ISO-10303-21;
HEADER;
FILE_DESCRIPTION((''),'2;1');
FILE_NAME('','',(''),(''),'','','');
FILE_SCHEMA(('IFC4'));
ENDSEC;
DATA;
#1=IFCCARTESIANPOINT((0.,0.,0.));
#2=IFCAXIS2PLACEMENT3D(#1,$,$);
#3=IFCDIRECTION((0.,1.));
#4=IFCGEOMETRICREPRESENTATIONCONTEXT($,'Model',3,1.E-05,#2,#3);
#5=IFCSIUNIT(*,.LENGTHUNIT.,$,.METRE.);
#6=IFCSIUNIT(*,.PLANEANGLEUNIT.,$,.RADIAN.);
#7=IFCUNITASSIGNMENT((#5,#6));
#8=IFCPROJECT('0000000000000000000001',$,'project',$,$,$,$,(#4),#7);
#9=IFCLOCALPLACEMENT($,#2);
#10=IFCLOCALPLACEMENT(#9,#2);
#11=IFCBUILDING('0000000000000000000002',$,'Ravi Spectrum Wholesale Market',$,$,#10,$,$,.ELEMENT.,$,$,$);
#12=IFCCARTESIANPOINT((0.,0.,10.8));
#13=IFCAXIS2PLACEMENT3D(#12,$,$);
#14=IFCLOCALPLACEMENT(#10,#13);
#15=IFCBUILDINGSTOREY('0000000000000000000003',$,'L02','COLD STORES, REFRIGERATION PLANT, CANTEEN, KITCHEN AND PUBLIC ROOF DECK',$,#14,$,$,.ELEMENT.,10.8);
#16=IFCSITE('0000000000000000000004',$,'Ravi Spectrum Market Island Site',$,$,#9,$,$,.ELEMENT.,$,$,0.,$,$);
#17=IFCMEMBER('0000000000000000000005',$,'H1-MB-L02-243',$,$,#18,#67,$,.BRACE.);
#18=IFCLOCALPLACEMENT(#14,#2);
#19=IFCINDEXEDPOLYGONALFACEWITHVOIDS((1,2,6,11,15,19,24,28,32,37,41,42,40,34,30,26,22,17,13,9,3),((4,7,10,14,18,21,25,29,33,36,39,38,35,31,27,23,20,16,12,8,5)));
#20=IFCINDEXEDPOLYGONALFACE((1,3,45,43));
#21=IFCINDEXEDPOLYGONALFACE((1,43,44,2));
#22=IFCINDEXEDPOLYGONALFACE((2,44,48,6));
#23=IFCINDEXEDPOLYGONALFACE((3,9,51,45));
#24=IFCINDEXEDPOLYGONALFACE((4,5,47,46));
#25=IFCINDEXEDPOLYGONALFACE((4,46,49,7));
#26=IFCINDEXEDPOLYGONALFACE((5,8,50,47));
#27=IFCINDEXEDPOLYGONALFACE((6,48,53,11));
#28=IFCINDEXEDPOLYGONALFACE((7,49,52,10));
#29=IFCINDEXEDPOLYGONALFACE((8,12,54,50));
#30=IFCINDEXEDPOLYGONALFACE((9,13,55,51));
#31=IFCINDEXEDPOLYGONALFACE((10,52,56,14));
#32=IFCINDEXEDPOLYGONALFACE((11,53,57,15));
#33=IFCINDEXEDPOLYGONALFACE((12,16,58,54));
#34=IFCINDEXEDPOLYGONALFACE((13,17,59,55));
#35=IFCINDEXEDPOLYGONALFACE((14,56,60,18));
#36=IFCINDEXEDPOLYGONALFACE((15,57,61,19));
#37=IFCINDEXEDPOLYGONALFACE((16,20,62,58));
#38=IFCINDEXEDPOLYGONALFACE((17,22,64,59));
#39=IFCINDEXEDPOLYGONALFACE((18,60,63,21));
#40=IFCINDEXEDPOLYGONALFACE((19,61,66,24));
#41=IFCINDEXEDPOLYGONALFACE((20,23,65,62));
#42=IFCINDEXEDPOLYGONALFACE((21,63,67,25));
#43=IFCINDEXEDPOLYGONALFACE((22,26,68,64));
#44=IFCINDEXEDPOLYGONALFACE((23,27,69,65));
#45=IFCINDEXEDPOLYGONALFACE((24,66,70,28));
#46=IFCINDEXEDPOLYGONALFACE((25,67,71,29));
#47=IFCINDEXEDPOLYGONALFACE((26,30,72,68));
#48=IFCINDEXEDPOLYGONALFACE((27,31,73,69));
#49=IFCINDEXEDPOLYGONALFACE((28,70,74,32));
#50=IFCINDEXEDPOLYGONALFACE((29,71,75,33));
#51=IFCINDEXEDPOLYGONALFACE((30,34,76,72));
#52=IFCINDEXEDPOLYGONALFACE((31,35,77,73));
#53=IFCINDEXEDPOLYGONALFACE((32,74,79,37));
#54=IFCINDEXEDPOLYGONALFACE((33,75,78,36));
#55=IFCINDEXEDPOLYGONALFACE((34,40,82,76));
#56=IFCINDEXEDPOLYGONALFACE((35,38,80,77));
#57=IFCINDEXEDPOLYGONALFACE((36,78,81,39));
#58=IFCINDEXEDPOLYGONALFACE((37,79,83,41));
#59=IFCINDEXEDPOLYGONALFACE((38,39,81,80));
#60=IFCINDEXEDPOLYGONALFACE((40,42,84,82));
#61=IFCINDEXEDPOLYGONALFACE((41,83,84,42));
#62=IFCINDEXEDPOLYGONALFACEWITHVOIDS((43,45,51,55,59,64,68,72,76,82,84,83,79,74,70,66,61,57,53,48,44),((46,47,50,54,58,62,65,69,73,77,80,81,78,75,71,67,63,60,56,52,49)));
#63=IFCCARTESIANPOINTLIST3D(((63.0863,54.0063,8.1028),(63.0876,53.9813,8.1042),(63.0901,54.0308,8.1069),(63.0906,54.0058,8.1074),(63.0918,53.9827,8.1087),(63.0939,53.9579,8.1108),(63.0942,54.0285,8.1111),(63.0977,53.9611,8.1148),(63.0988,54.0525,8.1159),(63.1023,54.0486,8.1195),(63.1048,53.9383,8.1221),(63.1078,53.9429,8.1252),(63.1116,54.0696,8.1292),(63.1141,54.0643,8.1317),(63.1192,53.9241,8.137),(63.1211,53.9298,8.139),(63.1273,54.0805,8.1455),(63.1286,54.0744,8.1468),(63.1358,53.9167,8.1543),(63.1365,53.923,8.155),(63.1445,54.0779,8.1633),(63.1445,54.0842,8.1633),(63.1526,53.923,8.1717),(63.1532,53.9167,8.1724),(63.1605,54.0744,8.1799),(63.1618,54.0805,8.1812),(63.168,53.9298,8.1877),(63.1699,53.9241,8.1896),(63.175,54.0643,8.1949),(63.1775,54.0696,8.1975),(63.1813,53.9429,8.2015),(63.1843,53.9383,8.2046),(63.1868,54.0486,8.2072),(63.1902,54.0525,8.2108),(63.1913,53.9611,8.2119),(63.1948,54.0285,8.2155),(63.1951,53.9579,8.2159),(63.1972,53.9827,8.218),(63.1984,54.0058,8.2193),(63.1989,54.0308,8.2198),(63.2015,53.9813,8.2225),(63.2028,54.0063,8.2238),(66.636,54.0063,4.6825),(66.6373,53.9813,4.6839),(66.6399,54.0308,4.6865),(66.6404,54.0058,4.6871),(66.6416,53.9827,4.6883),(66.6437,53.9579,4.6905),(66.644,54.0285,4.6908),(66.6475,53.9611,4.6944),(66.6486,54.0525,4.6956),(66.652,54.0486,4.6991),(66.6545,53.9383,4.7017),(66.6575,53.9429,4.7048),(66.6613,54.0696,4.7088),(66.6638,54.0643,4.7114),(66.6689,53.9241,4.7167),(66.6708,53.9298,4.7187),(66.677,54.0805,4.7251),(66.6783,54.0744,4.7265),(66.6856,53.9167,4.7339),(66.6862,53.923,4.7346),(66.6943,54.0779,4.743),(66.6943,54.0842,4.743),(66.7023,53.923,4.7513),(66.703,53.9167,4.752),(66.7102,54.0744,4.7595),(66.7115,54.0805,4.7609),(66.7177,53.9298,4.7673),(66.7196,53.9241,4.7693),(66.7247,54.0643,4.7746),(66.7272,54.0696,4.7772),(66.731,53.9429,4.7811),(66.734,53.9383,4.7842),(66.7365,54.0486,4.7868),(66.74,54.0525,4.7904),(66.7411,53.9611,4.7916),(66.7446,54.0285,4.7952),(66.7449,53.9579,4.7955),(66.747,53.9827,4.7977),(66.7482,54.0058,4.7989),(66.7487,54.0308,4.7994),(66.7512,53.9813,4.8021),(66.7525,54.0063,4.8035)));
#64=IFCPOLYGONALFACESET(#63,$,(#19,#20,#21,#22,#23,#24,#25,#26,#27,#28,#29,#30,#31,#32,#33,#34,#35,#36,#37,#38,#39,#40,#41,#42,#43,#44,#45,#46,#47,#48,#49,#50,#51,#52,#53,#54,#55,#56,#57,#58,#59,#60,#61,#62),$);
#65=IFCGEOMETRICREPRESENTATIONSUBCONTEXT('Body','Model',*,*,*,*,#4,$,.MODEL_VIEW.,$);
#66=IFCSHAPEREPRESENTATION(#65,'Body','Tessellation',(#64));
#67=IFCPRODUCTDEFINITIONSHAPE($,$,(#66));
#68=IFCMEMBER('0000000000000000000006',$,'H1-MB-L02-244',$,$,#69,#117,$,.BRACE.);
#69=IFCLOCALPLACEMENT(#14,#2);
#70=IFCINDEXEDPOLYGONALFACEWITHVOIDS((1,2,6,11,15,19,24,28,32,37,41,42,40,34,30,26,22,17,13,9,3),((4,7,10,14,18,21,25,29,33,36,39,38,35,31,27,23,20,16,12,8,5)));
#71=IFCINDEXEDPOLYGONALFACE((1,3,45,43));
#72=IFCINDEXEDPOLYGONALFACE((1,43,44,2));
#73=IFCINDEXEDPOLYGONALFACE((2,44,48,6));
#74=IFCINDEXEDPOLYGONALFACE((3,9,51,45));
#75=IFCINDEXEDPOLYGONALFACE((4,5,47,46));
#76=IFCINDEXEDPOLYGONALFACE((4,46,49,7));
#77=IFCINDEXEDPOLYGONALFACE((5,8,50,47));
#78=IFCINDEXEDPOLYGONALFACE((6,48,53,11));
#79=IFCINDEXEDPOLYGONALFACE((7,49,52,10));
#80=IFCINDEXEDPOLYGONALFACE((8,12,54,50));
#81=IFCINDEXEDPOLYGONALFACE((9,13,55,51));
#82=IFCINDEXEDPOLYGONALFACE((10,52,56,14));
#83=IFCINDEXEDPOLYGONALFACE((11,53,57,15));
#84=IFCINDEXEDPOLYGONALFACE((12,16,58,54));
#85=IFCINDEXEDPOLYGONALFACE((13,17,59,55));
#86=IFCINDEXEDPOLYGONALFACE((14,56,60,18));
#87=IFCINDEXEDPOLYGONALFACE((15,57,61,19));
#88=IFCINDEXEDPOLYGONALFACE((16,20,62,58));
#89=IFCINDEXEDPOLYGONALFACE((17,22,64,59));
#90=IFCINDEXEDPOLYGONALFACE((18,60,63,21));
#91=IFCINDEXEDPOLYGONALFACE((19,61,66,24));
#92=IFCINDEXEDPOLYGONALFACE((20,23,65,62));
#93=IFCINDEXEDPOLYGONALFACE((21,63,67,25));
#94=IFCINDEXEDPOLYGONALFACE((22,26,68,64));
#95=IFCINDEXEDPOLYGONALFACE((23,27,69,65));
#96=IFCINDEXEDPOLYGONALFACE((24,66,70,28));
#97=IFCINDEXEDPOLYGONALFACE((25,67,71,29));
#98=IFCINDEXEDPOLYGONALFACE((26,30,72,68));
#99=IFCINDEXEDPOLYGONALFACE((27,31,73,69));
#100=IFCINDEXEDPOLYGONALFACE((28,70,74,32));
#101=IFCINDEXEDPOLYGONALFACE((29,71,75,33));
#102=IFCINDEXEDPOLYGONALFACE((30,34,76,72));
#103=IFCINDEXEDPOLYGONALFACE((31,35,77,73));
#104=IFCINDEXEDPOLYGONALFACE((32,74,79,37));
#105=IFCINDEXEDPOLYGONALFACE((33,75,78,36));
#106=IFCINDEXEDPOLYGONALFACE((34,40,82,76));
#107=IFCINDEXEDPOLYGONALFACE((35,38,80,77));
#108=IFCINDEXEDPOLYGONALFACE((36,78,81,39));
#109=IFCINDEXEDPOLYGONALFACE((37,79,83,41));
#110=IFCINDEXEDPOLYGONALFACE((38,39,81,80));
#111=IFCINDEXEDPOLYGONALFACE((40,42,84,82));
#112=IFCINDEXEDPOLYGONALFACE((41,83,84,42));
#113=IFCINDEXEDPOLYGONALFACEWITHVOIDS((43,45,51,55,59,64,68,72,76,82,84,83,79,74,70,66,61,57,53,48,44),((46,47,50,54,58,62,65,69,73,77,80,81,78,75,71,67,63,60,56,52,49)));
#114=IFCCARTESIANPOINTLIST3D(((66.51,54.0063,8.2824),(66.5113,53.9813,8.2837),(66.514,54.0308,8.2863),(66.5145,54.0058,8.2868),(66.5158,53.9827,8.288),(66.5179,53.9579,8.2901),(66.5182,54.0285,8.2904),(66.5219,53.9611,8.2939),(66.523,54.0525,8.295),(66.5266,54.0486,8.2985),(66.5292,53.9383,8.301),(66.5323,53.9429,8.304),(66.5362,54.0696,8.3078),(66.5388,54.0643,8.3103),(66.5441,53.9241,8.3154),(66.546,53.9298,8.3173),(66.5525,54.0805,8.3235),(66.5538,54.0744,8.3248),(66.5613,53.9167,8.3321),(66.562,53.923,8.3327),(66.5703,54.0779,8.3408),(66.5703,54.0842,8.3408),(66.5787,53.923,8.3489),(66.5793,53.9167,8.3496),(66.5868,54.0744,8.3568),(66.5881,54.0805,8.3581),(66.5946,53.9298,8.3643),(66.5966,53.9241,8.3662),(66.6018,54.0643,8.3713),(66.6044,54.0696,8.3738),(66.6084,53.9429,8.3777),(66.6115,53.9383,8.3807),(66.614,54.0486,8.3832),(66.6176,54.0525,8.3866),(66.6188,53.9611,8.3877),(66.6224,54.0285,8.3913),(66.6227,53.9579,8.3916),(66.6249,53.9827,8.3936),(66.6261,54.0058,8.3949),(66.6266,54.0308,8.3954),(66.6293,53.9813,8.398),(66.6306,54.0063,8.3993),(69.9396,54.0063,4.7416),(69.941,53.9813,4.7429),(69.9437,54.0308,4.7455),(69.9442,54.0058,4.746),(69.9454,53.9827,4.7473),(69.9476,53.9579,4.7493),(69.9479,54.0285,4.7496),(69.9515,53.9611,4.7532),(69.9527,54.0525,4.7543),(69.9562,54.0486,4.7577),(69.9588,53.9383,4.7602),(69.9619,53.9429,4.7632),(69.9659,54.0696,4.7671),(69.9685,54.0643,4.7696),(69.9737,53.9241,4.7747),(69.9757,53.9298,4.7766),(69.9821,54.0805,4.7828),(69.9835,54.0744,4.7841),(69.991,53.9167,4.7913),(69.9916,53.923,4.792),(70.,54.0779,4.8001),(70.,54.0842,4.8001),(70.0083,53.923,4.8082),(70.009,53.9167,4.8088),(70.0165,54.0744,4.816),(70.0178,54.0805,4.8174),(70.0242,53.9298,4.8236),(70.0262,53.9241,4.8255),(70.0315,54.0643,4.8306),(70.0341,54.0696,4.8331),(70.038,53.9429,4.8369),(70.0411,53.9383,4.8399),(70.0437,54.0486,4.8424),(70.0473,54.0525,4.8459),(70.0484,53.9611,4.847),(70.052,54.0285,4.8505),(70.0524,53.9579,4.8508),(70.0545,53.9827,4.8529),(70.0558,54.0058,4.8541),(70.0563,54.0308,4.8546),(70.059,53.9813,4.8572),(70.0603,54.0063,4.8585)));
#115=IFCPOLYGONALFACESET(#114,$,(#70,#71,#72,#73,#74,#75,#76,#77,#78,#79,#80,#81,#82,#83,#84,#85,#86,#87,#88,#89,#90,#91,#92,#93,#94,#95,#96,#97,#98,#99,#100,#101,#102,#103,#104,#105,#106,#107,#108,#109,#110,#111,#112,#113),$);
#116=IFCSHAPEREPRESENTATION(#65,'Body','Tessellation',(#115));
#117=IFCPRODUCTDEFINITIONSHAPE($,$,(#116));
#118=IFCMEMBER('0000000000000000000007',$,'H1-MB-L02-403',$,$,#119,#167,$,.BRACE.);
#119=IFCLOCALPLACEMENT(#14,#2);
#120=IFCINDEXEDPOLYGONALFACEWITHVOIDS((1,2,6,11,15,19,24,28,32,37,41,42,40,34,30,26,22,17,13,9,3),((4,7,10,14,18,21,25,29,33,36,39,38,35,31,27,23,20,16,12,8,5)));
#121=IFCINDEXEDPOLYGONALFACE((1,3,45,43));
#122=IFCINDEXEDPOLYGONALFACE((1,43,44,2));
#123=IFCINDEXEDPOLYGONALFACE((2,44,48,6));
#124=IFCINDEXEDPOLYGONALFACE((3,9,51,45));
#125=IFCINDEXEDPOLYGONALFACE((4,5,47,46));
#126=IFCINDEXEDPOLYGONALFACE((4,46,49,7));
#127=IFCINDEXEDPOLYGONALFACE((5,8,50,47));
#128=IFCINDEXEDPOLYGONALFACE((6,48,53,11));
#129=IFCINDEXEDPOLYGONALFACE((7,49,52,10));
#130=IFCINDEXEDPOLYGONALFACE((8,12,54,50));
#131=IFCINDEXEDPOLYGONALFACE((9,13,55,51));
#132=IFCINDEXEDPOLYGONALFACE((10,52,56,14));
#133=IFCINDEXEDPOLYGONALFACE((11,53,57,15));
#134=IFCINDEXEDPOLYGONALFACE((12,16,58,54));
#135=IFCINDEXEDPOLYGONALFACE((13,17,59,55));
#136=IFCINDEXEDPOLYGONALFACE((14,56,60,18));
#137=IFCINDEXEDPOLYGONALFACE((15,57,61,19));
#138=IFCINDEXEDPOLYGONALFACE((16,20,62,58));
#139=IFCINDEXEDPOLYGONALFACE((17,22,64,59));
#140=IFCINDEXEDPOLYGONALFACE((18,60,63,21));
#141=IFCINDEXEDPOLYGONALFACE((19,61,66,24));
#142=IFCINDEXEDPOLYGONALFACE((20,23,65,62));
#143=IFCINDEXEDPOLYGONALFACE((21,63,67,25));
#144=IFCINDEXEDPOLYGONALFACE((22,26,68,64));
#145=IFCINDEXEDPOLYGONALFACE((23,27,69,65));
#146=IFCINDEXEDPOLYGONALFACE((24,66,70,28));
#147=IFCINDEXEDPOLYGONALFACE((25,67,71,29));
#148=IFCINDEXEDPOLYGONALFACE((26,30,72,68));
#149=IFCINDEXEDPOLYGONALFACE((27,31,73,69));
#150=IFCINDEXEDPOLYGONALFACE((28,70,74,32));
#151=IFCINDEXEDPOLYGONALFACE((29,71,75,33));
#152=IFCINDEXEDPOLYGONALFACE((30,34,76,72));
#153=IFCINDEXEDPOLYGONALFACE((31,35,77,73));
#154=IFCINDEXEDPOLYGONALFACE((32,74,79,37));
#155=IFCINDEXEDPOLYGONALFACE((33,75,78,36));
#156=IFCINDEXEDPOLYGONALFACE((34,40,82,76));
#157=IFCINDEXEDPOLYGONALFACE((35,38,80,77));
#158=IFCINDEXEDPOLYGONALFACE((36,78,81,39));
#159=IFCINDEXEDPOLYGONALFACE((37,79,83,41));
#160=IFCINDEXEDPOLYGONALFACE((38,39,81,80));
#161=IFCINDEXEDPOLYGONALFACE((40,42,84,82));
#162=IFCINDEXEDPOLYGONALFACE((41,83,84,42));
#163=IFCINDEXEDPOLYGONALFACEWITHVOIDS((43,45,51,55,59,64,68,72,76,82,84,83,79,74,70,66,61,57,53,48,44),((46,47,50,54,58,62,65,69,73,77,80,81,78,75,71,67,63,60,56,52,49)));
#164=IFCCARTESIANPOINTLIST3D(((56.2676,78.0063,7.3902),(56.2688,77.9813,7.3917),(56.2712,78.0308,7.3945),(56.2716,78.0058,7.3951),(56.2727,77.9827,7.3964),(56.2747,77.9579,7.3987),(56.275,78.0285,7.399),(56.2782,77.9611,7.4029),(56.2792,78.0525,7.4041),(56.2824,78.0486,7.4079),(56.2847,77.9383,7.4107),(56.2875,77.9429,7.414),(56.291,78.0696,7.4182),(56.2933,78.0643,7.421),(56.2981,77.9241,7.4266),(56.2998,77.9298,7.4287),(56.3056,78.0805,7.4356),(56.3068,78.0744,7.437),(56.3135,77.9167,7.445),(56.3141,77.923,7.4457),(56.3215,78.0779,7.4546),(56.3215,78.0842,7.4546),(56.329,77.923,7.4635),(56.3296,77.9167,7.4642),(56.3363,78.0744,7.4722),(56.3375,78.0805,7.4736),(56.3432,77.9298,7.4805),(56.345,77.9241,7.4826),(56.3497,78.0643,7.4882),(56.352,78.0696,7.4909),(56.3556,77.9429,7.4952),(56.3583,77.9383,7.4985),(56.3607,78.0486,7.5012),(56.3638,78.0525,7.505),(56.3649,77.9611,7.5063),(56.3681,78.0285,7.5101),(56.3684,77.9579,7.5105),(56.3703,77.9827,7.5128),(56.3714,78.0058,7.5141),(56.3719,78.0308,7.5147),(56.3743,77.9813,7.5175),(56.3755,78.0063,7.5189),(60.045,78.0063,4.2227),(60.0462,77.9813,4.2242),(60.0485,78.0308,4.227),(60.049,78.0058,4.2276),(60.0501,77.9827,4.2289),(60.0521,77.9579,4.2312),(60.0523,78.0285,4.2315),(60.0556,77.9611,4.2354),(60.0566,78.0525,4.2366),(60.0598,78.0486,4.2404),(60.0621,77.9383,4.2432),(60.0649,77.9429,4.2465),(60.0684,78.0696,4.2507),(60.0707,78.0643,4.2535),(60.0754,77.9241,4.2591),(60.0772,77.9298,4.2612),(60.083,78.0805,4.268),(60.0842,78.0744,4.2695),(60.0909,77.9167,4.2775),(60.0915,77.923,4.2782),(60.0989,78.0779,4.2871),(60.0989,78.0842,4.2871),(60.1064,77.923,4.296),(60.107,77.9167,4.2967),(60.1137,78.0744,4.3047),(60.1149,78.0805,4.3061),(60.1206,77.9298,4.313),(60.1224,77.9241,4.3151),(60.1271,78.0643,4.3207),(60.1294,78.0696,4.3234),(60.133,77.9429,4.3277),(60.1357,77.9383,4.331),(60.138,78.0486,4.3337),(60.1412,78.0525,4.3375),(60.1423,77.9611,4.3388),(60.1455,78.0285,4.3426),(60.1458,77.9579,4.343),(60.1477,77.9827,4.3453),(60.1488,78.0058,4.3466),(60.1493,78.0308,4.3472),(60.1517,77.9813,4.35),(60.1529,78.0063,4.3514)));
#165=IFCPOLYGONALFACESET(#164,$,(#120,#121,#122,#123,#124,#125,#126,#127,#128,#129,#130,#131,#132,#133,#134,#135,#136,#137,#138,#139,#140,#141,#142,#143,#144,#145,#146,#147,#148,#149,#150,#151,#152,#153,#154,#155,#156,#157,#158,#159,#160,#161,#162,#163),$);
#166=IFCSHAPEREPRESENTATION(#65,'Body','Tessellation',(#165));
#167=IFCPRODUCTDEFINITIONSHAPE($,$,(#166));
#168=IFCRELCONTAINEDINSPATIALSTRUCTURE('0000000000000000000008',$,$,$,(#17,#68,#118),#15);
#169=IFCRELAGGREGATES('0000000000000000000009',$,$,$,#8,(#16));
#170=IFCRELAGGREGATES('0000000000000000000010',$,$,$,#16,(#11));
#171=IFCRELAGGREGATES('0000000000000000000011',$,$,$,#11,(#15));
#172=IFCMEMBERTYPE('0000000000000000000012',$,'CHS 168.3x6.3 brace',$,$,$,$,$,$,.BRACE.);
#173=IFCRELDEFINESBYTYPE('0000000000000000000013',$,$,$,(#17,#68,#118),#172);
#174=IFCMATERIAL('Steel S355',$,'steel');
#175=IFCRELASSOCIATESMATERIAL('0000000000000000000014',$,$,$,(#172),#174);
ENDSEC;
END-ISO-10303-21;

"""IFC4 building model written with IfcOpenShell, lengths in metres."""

from ifc_helpers import new_model, si_unit, direction, frame, origin, origin_2d, place, context, subcontext, project, spatial, hollow_circle, extrude, material, material_profile, profile_set, type_object, element, save


model = new_model("IFC4")

# Units and contexts
model_context = context("Model", 3, precision=1e-05, world=origin(), true_north=direction((0.0, 1.0)))
body_context = subcontext(model_context, "Body", "Model", "MODEL_VIEW")
ifc_project = project(units=[si_unit("LENGTHUNIT", "METRE"), si_unit("PLANEANGLEUNIT", "RADIAN")], contexts=[model_context])

# Site, building, storey
site_placement = place(None, origin())
site = spatial("IfcSite", under=ifc_project, at=site_placement, Name="Ravi Spectrum Market Island Site", CompositionType="ELEMENT", RefElevation=0.0)
building_placement = place(site_placement, origin())
building = spatial("IfcBuilding", under=site, at=building_placement, Name="Ravi Spectrum Wholesale Market", CompositionType="ELEMENT")
storey_placement = place(building_placement, frame((0.0, 0.0, 10.8)))
storey = spatial("IfcBuildingStorey", under=building, at=storey_placement, Name="L02", Description="COLD STORES, REFRIGERATION PLANT, CANTEEN, KITCHEN AND PUBLIC ROOF DECK", CompositionType="ELEMENT", Elevation=10.8)

# Members
ifc_material_1 = material(Name="Steel S355", Category="steel")
ifc_material_profile_1 = material_profile(ifc_material_1, hollow_circle(Radius=0.0842, WallThickness=0.0063, at=origin_2d()))
ifc_profile_set_1 = profile_set([ifc_material_profile_1], Name="Steel S355")
member_type_1 = type_object("IfcMemberType", Name="CHS 168.3x6.3 brace", PredefinedType="BRACE", material=ifc_profile_set_1)
for number, where, z_axis, x_axis, name in (
    (1, (63.1445, 54.0, 8.1633), (0.720109, 0.0, -0.693861), (0.0, 1.0, 0.0), "H1-MB-L02-243"),
    (2, (66.5703, 54.0, 8.3408), (0.69575, 0.0, -0.718284), (0.0, 1.0, 0.0), "H1-MB-L02-244"),
):
    element("IfcMember", number, at=place(storey_placement, frame(where, z_axis=z_axis, x_axis=x_axis)), inside=storey, type_object=member_type_1, Name=name, PredefinedType="BRACE", context=body_context, shape_type="SweptSolid", body=[
        extrude(hollow_circle(Radius=0.0842, WallThickness=0.0063, at=origin_2d()), origin(), (0.0, 0.0, 1.0), 4.9294),
    ])
member_1_placement = place(storey_placement, frame((56.3215, 78.0, 7.4546), z_axis=(0.766253, 0.0, -0.642539), x_axis=(0.0, 1.0, 0.0)))
element("IfcMember", 3, at=member_1_placement, inside=storey, type_object=member_type_1, Name="H1-MB-L02-403", PredefinedType="BRACE", context=body_context, shape_type="SweptSolid", body=[
    extrude(hollow_circle(Radius=0.0842, WallThickness=0.0063, at=origin_2d()), origin(), (0.0, 0.0, 1.0), 4.9297),
])

save(model, "model.ifc")
